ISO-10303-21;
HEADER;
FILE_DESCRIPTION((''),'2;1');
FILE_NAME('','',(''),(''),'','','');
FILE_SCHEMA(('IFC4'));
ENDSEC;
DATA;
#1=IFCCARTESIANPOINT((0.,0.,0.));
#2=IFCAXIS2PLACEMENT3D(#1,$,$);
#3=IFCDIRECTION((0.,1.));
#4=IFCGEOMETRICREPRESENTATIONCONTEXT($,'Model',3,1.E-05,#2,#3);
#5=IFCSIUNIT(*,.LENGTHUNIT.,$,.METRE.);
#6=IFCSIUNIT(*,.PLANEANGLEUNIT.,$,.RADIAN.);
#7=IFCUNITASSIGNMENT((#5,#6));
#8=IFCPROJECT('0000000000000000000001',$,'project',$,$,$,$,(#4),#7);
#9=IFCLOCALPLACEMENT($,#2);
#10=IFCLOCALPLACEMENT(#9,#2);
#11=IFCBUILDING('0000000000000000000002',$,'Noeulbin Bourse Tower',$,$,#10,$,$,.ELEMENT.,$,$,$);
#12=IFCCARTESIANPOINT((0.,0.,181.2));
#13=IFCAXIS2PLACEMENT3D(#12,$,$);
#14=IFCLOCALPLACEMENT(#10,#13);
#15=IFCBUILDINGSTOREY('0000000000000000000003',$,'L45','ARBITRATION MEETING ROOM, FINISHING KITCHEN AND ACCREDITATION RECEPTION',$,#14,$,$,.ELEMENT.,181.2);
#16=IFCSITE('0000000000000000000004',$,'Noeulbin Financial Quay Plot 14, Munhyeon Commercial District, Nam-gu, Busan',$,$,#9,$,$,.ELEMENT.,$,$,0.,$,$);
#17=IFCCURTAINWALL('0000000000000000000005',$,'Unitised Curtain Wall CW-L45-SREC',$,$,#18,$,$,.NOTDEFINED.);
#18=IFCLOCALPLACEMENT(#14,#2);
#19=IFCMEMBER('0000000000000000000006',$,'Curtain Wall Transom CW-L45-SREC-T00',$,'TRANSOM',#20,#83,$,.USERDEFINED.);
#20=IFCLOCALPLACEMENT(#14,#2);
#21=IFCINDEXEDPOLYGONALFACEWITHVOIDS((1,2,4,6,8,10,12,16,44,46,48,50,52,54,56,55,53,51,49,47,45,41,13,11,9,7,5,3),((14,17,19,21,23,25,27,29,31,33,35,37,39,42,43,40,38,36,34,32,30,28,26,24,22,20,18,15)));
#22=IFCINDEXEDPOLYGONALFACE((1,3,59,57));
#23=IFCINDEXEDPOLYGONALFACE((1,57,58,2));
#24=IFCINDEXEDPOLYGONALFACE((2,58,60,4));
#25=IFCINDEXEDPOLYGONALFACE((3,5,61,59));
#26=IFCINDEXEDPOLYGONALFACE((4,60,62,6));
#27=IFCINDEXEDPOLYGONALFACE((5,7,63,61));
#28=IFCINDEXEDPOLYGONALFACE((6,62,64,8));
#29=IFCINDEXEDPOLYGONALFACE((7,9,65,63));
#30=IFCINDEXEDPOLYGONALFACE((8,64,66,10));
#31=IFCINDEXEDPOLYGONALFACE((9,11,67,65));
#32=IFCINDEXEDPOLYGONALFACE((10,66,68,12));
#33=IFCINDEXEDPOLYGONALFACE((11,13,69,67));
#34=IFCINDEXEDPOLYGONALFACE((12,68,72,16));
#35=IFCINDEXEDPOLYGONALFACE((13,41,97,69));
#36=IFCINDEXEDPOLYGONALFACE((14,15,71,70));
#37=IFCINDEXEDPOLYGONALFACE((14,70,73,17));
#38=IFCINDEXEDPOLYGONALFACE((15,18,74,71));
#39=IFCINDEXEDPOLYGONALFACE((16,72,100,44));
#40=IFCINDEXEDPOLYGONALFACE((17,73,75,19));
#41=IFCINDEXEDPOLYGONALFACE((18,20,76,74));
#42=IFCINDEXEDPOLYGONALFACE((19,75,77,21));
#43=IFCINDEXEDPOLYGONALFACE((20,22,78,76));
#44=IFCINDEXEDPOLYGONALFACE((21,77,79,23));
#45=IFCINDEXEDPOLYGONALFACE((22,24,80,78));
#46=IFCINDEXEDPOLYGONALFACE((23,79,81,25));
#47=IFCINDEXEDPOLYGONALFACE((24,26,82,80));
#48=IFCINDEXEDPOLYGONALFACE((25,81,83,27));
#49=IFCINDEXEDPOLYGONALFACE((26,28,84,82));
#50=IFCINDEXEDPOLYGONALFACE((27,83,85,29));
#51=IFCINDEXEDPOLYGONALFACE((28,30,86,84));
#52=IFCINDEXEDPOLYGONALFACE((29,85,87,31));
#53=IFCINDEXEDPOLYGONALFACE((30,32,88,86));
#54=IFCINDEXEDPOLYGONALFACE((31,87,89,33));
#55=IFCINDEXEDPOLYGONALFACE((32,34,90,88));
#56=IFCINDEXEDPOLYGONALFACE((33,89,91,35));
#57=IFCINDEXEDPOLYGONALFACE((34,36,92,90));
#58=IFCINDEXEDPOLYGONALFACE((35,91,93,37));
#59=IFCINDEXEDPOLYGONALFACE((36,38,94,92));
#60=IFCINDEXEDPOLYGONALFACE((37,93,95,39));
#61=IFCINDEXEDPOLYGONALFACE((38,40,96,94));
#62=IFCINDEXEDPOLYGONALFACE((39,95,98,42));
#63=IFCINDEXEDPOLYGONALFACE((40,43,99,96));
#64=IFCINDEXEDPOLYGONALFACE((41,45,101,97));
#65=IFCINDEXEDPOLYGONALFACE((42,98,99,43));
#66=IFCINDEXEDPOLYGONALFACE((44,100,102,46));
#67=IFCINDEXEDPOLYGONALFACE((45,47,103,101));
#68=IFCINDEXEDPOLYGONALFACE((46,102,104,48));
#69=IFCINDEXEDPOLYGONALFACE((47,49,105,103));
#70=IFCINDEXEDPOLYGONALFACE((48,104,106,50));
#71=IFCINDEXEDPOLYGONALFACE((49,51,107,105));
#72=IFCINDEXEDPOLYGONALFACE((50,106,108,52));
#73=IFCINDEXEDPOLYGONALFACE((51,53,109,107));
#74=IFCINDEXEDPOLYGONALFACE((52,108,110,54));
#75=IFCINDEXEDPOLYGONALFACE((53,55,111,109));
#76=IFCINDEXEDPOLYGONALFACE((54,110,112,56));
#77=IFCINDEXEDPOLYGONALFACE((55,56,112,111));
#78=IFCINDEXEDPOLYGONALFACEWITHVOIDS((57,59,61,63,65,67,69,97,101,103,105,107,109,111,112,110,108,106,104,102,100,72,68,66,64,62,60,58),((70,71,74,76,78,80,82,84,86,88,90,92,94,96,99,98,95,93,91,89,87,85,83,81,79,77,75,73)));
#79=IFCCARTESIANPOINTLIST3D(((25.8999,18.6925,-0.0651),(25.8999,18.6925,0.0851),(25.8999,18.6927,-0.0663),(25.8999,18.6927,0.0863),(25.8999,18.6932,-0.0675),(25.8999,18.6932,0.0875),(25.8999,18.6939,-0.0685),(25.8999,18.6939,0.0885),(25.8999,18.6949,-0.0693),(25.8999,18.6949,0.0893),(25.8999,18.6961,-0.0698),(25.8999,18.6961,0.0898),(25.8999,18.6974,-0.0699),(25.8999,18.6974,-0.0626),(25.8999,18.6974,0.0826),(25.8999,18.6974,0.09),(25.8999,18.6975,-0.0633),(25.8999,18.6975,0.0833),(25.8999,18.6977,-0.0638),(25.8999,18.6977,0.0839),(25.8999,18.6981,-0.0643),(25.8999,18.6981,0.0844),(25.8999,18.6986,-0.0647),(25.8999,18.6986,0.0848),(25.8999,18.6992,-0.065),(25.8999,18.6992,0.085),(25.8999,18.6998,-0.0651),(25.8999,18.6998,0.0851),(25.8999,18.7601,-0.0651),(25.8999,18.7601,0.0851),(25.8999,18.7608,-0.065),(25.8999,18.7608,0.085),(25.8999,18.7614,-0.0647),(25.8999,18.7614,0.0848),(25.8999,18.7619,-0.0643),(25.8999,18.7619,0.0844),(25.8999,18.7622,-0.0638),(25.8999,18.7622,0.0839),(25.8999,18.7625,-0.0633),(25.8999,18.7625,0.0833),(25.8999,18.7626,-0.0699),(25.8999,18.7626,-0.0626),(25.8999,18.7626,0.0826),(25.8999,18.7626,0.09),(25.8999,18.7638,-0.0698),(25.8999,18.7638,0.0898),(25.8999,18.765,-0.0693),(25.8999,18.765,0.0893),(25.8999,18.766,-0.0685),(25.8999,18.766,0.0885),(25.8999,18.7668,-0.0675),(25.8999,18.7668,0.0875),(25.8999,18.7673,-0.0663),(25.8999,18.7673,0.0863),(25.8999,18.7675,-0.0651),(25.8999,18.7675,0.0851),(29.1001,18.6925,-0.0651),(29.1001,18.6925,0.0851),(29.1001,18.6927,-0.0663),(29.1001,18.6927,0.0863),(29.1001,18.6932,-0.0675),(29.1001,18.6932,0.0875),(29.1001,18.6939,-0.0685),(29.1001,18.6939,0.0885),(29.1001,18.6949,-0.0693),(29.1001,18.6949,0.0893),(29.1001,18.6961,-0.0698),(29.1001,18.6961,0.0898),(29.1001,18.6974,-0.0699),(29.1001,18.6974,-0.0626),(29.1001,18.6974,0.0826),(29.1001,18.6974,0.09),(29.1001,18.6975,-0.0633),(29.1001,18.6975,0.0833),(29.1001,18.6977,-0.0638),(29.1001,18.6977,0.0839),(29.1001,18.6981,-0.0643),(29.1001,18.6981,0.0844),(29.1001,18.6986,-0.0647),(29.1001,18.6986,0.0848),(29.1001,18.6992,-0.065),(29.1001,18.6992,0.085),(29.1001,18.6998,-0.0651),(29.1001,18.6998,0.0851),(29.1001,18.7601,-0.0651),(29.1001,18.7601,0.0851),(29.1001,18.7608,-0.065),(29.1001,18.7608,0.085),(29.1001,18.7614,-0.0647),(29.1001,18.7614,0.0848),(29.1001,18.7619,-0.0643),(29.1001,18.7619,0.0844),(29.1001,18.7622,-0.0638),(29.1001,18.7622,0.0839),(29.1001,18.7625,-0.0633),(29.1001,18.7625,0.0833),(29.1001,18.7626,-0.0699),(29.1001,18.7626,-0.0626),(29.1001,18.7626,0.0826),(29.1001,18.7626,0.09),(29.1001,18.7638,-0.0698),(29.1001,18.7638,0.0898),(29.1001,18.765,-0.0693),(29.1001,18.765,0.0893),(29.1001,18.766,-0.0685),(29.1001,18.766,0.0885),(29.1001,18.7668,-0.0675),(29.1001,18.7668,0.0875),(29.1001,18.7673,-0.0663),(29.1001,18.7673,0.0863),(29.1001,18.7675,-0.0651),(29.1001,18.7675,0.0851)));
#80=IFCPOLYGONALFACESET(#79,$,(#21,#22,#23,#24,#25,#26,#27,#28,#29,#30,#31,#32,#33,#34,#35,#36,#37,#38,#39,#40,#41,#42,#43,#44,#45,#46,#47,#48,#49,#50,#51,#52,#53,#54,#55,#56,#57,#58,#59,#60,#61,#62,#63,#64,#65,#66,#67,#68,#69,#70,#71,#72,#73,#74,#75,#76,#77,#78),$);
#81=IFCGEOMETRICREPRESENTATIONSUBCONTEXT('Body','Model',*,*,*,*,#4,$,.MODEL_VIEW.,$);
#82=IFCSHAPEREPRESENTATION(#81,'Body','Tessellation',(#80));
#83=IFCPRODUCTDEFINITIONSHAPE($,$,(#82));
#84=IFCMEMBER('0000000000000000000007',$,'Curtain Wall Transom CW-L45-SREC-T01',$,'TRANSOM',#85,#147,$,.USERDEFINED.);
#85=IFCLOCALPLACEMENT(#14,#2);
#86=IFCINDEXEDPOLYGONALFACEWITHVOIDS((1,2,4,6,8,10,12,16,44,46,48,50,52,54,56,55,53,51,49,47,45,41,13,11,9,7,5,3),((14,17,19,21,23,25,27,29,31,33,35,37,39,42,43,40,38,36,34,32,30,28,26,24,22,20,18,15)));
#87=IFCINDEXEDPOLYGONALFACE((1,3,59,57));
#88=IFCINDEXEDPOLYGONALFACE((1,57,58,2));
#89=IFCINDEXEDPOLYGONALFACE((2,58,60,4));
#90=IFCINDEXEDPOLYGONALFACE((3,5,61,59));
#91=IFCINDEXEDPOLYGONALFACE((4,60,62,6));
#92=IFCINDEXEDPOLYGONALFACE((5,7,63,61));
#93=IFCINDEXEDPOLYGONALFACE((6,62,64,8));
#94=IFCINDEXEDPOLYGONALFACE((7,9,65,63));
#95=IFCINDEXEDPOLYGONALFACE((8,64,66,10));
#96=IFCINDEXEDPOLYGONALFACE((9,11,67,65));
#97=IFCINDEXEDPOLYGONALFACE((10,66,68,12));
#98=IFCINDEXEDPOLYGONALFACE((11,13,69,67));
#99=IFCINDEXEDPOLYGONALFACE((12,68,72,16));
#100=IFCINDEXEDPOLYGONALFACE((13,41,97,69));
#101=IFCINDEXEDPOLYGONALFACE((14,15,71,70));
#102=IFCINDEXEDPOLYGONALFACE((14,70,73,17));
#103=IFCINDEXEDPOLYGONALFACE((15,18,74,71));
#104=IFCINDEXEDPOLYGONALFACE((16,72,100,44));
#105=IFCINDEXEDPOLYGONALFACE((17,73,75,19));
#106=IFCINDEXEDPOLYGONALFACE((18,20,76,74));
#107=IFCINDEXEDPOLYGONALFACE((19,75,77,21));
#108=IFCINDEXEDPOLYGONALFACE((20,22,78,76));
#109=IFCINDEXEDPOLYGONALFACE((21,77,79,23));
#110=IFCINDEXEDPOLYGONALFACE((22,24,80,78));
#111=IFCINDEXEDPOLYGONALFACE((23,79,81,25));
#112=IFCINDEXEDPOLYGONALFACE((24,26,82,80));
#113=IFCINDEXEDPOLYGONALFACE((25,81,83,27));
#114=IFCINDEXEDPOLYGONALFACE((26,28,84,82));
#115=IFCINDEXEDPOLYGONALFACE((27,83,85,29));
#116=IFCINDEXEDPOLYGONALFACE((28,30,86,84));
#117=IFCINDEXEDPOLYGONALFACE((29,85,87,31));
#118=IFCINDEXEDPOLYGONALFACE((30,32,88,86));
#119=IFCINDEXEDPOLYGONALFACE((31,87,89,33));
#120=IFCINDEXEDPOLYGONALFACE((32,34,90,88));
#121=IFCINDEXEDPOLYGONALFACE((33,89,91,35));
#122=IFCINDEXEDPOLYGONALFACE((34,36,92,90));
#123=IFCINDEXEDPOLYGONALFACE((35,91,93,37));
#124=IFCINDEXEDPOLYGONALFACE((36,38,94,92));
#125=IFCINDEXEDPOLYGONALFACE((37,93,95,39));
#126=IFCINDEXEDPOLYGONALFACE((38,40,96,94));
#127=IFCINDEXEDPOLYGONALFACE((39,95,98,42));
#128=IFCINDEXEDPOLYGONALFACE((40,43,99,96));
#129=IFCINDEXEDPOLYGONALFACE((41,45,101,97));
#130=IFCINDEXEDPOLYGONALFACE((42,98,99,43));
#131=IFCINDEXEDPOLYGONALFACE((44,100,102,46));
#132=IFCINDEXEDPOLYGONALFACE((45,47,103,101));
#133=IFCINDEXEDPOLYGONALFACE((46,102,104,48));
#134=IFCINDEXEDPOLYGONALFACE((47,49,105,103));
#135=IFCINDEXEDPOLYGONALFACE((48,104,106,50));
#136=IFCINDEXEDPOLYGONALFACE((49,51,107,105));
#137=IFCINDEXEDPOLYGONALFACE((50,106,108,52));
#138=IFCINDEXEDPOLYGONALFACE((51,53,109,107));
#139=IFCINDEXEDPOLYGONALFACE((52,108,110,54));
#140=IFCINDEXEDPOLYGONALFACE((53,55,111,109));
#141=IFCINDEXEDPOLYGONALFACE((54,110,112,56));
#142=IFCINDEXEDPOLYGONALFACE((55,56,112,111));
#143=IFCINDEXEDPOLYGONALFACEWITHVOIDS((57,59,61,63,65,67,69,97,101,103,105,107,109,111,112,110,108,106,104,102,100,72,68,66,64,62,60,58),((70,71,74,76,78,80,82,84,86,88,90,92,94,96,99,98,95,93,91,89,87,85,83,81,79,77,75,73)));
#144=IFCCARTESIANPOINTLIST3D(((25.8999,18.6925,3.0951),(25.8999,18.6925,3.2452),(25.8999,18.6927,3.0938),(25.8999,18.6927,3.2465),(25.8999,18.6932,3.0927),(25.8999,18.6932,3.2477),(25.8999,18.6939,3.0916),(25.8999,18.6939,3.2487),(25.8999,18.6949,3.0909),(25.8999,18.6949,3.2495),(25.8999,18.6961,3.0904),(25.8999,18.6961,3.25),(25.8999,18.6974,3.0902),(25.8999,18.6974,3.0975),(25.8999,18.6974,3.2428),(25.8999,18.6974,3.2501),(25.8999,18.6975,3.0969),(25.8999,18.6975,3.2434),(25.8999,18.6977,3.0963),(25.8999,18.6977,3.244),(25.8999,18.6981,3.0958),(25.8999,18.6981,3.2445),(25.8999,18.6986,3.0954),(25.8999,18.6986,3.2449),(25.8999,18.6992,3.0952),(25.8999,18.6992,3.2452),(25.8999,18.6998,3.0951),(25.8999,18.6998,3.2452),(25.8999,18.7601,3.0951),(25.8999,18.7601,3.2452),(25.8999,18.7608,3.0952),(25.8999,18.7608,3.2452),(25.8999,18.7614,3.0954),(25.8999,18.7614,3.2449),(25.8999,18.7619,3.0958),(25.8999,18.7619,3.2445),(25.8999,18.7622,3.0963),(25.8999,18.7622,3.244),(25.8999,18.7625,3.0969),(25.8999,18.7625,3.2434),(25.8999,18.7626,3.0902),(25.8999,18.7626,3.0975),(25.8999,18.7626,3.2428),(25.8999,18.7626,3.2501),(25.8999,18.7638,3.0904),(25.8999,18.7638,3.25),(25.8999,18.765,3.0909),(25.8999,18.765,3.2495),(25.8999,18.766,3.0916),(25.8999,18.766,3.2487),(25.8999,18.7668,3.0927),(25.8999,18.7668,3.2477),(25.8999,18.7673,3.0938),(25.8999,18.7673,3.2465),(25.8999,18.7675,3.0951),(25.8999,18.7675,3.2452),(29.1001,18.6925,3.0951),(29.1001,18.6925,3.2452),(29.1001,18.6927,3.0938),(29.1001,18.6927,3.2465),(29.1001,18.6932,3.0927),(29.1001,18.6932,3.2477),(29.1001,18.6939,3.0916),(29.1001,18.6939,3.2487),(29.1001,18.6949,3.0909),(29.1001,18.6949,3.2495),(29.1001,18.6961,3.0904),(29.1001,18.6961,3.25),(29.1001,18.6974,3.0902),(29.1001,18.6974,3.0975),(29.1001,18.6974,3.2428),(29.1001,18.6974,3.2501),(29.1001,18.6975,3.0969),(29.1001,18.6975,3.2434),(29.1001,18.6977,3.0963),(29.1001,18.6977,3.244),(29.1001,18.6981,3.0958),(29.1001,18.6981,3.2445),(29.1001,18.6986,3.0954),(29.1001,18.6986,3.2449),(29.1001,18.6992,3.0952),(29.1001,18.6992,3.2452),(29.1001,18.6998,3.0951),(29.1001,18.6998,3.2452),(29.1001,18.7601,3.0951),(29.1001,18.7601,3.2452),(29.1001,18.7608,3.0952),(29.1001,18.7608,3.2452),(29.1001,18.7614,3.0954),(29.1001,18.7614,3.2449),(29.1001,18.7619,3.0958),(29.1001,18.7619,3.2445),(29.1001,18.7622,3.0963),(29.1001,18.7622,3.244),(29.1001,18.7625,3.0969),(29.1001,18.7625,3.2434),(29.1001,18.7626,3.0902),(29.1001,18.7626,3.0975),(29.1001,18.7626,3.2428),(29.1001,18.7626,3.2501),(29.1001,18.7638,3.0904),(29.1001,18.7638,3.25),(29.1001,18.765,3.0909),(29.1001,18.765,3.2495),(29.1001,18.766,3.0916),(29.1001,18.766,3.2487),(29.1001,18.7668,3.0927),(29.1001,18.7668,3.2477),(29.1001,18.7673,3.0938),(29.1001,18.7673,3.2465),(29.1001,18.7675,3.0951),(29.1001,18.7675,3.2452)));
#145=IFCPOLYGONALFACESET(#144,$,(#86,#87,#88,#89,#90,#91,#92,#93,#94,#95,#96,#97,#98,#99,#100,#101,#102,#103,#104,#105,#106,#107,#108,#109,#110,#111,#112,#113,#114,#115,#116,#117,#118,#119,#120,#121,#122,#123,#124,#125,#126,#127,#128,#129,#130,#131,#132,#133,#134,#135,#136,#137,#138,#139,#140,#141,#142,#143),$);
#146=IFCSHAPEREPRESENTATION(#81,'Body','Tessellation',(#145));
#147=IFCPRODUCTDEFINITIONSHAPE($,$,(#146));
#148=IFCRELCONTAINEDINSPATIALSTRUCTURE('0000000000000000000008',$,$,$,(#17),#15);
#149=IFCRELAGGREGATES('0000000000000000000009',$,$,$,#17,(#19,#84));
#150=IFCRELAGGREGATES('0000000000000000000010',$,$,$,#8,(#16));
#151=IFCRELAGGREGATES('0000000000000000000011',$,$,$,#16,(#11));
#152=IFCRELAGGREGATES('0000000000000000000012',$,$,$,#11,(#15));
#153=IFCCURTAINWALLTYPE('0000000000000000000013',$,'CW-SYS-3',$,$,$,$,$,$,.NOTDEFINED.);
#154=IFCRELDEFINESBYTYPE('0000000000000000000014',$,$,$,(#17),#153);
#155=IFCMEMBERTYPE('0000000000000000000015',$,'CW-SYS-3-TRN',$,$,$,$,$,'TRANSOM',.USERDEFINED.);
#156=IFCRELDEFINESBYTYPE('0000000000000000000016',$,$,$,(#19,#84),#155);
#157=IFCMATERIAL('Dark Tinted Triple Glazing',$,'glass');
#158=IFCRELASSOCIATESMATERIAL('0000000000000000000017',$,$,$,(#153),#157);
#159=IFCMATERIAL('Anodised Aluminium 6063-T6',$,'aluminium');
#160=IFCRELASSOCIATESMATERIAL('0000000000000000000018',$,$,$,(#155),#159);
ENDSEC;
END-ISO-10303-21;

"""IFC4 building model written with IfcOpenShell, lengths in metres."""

from ifc_helpers import new_model, si_unit, direction, frame, origin, origin_2d, place, context, subcontext, project, spatial, hollow_rectangle, extrude, material, material_profile, profile_set, type_object, element, aggregate, save


model = new_model("IFC4")

# Units and contexts
model_context = context("Model", 3, precision=1e-05, world=origin(), true_north=direction((0.0, 1.0)))
body_context = subcontext(model_context, "Body", "Model", "MODEL_VIEW")
ifc_project = project(units=[si_unit("LENGTHUNIT", "METRE"), si_unit("PLANEANGLEUNIT", "RADIAN")], contexts=[model_context])

# Site, building, storey
site_placement = place(None, origin())
site = spatial("IfcSite", under=ifc_project, at=site_placement, Name="Noeulbin Financial Quay Plot 14, Munhyeon Commercial District, Nam-gu, Busan", CompositionType="ELEMENT", RefElevation=0.0)
building_placement = place(site_placement, origin())
building = spatial("IfcBuilding", under=site, at=building_placement, Name="Noeulbin Bourse Tower", CompositionType="ELEMENT")
storey_placement = place(building_placement, frame((0.0, 0.0, 181.2)))
storey = spatial("IfcBuildingStorey", under=building, at=storey_placement, Name="L45", Description="ARBITRATION MEETING ROOM, FINISHING KITCHEN AND ACCREDITATION RECEPTION", CompositionType="ELEMENT", Elevation=181.2)

# Curtain wall
ifc_material_1 = material(Name="Dark Tinted Triple Glazing", Category="glass")
curtain_wall_type = type_object("IfcCurtainWallType", Name="CW-SYS-3", PredefinedType="NOTDEFINED", material=ifc_material_1)
curtain_wall_1_placement = place(storey_placement, origin())
curtain_wall_1 = element("IfcCurtainWall", 1, at=curtain_wall_1_placement, inside=storey, type_object=curtain_wall_type, Name="Unitised Curtain Wall CW-L45-SREC", PredefinedType="NOTDEFINED")
ifc_material_2 = material(Name="Anodised Aluminium 6063-T6", Category="aluminium")

# Members
ifc_material_profile_1 = material_profile(ifc_material_2, hollow_rectangle(XDim=0.075, YDim=0.1599, WallThickness=0.0049, InnerFilletRadius=0.0024, OuterFilletRadius=0.0049, at=origin_2d()), Name="ALU-TRAN-75x160x5", Category="LoadBearing")
ifc_profile_set_1 = profile_set([ifc_material_profile_1], Name="Anodised Aluminium 6063-T6")
member_type_1 = type_object("IfcMemberType", Name="CW-SYS-3-TRN", ElementType="TRANSOM", PredefinedType="USERDEFINED", material=ifc_profile_set_1)
member_1_placement = place(storey_placement, frame((25.8999, 18.73, 0.01), z_axis=(1.0, 0.0, 0.0), x_axis=(0.0, 1.0, 0.0)))
member_1 = element("IfcMember", 2, at=member_1_placement, type_object=member_type_1, Name="Curtain Wall Transom CW-L45-SREC-T00", ObjectType="TRANSOM", PredefinedType="USERDEFINED", context=body_context, shape_type="SweptSolid", body=[
    extrude(hollow_rectangle(XDim=0.075, YDim=0.1599, WallThickness=0.0049, InnerFilletRadius=0.0024, OuterFilletRadius=0.0049, at=origin_2d()), origin(), (0.0, 0.0, 1.0), 3.2002),
])
member_2_placement = place(storey_placement, frame((25.8999, 18.73, 3.1702), z_axis=(1.0, 0.0, 0.0), x_axis=(0.0, 1.0, 0.0)))
member_2 = element("IfcMember", 3, at=member_2_placement, type_object=member_type_1, Name="Curtain Wall Transom CW-L45-SREC-T01", ObjectType="TRANSOM", PredefinedType="USERDEFINED", context=body_context, shape_type="SweptSolid", body=[
    extrude(hollow_rectangle(XDim=0.075, YDim=0.1599, WallThickness=0.0049, InnerFilletRadius=0.0024, OuterFilletRadius=0.0049, at=origin_2d()), origin(), (0.0, 0.0, 1.0), 3.2002),
])

aggregate(curtain_wall_1, [member_1, member_2])

save(model, "model.ifc")
